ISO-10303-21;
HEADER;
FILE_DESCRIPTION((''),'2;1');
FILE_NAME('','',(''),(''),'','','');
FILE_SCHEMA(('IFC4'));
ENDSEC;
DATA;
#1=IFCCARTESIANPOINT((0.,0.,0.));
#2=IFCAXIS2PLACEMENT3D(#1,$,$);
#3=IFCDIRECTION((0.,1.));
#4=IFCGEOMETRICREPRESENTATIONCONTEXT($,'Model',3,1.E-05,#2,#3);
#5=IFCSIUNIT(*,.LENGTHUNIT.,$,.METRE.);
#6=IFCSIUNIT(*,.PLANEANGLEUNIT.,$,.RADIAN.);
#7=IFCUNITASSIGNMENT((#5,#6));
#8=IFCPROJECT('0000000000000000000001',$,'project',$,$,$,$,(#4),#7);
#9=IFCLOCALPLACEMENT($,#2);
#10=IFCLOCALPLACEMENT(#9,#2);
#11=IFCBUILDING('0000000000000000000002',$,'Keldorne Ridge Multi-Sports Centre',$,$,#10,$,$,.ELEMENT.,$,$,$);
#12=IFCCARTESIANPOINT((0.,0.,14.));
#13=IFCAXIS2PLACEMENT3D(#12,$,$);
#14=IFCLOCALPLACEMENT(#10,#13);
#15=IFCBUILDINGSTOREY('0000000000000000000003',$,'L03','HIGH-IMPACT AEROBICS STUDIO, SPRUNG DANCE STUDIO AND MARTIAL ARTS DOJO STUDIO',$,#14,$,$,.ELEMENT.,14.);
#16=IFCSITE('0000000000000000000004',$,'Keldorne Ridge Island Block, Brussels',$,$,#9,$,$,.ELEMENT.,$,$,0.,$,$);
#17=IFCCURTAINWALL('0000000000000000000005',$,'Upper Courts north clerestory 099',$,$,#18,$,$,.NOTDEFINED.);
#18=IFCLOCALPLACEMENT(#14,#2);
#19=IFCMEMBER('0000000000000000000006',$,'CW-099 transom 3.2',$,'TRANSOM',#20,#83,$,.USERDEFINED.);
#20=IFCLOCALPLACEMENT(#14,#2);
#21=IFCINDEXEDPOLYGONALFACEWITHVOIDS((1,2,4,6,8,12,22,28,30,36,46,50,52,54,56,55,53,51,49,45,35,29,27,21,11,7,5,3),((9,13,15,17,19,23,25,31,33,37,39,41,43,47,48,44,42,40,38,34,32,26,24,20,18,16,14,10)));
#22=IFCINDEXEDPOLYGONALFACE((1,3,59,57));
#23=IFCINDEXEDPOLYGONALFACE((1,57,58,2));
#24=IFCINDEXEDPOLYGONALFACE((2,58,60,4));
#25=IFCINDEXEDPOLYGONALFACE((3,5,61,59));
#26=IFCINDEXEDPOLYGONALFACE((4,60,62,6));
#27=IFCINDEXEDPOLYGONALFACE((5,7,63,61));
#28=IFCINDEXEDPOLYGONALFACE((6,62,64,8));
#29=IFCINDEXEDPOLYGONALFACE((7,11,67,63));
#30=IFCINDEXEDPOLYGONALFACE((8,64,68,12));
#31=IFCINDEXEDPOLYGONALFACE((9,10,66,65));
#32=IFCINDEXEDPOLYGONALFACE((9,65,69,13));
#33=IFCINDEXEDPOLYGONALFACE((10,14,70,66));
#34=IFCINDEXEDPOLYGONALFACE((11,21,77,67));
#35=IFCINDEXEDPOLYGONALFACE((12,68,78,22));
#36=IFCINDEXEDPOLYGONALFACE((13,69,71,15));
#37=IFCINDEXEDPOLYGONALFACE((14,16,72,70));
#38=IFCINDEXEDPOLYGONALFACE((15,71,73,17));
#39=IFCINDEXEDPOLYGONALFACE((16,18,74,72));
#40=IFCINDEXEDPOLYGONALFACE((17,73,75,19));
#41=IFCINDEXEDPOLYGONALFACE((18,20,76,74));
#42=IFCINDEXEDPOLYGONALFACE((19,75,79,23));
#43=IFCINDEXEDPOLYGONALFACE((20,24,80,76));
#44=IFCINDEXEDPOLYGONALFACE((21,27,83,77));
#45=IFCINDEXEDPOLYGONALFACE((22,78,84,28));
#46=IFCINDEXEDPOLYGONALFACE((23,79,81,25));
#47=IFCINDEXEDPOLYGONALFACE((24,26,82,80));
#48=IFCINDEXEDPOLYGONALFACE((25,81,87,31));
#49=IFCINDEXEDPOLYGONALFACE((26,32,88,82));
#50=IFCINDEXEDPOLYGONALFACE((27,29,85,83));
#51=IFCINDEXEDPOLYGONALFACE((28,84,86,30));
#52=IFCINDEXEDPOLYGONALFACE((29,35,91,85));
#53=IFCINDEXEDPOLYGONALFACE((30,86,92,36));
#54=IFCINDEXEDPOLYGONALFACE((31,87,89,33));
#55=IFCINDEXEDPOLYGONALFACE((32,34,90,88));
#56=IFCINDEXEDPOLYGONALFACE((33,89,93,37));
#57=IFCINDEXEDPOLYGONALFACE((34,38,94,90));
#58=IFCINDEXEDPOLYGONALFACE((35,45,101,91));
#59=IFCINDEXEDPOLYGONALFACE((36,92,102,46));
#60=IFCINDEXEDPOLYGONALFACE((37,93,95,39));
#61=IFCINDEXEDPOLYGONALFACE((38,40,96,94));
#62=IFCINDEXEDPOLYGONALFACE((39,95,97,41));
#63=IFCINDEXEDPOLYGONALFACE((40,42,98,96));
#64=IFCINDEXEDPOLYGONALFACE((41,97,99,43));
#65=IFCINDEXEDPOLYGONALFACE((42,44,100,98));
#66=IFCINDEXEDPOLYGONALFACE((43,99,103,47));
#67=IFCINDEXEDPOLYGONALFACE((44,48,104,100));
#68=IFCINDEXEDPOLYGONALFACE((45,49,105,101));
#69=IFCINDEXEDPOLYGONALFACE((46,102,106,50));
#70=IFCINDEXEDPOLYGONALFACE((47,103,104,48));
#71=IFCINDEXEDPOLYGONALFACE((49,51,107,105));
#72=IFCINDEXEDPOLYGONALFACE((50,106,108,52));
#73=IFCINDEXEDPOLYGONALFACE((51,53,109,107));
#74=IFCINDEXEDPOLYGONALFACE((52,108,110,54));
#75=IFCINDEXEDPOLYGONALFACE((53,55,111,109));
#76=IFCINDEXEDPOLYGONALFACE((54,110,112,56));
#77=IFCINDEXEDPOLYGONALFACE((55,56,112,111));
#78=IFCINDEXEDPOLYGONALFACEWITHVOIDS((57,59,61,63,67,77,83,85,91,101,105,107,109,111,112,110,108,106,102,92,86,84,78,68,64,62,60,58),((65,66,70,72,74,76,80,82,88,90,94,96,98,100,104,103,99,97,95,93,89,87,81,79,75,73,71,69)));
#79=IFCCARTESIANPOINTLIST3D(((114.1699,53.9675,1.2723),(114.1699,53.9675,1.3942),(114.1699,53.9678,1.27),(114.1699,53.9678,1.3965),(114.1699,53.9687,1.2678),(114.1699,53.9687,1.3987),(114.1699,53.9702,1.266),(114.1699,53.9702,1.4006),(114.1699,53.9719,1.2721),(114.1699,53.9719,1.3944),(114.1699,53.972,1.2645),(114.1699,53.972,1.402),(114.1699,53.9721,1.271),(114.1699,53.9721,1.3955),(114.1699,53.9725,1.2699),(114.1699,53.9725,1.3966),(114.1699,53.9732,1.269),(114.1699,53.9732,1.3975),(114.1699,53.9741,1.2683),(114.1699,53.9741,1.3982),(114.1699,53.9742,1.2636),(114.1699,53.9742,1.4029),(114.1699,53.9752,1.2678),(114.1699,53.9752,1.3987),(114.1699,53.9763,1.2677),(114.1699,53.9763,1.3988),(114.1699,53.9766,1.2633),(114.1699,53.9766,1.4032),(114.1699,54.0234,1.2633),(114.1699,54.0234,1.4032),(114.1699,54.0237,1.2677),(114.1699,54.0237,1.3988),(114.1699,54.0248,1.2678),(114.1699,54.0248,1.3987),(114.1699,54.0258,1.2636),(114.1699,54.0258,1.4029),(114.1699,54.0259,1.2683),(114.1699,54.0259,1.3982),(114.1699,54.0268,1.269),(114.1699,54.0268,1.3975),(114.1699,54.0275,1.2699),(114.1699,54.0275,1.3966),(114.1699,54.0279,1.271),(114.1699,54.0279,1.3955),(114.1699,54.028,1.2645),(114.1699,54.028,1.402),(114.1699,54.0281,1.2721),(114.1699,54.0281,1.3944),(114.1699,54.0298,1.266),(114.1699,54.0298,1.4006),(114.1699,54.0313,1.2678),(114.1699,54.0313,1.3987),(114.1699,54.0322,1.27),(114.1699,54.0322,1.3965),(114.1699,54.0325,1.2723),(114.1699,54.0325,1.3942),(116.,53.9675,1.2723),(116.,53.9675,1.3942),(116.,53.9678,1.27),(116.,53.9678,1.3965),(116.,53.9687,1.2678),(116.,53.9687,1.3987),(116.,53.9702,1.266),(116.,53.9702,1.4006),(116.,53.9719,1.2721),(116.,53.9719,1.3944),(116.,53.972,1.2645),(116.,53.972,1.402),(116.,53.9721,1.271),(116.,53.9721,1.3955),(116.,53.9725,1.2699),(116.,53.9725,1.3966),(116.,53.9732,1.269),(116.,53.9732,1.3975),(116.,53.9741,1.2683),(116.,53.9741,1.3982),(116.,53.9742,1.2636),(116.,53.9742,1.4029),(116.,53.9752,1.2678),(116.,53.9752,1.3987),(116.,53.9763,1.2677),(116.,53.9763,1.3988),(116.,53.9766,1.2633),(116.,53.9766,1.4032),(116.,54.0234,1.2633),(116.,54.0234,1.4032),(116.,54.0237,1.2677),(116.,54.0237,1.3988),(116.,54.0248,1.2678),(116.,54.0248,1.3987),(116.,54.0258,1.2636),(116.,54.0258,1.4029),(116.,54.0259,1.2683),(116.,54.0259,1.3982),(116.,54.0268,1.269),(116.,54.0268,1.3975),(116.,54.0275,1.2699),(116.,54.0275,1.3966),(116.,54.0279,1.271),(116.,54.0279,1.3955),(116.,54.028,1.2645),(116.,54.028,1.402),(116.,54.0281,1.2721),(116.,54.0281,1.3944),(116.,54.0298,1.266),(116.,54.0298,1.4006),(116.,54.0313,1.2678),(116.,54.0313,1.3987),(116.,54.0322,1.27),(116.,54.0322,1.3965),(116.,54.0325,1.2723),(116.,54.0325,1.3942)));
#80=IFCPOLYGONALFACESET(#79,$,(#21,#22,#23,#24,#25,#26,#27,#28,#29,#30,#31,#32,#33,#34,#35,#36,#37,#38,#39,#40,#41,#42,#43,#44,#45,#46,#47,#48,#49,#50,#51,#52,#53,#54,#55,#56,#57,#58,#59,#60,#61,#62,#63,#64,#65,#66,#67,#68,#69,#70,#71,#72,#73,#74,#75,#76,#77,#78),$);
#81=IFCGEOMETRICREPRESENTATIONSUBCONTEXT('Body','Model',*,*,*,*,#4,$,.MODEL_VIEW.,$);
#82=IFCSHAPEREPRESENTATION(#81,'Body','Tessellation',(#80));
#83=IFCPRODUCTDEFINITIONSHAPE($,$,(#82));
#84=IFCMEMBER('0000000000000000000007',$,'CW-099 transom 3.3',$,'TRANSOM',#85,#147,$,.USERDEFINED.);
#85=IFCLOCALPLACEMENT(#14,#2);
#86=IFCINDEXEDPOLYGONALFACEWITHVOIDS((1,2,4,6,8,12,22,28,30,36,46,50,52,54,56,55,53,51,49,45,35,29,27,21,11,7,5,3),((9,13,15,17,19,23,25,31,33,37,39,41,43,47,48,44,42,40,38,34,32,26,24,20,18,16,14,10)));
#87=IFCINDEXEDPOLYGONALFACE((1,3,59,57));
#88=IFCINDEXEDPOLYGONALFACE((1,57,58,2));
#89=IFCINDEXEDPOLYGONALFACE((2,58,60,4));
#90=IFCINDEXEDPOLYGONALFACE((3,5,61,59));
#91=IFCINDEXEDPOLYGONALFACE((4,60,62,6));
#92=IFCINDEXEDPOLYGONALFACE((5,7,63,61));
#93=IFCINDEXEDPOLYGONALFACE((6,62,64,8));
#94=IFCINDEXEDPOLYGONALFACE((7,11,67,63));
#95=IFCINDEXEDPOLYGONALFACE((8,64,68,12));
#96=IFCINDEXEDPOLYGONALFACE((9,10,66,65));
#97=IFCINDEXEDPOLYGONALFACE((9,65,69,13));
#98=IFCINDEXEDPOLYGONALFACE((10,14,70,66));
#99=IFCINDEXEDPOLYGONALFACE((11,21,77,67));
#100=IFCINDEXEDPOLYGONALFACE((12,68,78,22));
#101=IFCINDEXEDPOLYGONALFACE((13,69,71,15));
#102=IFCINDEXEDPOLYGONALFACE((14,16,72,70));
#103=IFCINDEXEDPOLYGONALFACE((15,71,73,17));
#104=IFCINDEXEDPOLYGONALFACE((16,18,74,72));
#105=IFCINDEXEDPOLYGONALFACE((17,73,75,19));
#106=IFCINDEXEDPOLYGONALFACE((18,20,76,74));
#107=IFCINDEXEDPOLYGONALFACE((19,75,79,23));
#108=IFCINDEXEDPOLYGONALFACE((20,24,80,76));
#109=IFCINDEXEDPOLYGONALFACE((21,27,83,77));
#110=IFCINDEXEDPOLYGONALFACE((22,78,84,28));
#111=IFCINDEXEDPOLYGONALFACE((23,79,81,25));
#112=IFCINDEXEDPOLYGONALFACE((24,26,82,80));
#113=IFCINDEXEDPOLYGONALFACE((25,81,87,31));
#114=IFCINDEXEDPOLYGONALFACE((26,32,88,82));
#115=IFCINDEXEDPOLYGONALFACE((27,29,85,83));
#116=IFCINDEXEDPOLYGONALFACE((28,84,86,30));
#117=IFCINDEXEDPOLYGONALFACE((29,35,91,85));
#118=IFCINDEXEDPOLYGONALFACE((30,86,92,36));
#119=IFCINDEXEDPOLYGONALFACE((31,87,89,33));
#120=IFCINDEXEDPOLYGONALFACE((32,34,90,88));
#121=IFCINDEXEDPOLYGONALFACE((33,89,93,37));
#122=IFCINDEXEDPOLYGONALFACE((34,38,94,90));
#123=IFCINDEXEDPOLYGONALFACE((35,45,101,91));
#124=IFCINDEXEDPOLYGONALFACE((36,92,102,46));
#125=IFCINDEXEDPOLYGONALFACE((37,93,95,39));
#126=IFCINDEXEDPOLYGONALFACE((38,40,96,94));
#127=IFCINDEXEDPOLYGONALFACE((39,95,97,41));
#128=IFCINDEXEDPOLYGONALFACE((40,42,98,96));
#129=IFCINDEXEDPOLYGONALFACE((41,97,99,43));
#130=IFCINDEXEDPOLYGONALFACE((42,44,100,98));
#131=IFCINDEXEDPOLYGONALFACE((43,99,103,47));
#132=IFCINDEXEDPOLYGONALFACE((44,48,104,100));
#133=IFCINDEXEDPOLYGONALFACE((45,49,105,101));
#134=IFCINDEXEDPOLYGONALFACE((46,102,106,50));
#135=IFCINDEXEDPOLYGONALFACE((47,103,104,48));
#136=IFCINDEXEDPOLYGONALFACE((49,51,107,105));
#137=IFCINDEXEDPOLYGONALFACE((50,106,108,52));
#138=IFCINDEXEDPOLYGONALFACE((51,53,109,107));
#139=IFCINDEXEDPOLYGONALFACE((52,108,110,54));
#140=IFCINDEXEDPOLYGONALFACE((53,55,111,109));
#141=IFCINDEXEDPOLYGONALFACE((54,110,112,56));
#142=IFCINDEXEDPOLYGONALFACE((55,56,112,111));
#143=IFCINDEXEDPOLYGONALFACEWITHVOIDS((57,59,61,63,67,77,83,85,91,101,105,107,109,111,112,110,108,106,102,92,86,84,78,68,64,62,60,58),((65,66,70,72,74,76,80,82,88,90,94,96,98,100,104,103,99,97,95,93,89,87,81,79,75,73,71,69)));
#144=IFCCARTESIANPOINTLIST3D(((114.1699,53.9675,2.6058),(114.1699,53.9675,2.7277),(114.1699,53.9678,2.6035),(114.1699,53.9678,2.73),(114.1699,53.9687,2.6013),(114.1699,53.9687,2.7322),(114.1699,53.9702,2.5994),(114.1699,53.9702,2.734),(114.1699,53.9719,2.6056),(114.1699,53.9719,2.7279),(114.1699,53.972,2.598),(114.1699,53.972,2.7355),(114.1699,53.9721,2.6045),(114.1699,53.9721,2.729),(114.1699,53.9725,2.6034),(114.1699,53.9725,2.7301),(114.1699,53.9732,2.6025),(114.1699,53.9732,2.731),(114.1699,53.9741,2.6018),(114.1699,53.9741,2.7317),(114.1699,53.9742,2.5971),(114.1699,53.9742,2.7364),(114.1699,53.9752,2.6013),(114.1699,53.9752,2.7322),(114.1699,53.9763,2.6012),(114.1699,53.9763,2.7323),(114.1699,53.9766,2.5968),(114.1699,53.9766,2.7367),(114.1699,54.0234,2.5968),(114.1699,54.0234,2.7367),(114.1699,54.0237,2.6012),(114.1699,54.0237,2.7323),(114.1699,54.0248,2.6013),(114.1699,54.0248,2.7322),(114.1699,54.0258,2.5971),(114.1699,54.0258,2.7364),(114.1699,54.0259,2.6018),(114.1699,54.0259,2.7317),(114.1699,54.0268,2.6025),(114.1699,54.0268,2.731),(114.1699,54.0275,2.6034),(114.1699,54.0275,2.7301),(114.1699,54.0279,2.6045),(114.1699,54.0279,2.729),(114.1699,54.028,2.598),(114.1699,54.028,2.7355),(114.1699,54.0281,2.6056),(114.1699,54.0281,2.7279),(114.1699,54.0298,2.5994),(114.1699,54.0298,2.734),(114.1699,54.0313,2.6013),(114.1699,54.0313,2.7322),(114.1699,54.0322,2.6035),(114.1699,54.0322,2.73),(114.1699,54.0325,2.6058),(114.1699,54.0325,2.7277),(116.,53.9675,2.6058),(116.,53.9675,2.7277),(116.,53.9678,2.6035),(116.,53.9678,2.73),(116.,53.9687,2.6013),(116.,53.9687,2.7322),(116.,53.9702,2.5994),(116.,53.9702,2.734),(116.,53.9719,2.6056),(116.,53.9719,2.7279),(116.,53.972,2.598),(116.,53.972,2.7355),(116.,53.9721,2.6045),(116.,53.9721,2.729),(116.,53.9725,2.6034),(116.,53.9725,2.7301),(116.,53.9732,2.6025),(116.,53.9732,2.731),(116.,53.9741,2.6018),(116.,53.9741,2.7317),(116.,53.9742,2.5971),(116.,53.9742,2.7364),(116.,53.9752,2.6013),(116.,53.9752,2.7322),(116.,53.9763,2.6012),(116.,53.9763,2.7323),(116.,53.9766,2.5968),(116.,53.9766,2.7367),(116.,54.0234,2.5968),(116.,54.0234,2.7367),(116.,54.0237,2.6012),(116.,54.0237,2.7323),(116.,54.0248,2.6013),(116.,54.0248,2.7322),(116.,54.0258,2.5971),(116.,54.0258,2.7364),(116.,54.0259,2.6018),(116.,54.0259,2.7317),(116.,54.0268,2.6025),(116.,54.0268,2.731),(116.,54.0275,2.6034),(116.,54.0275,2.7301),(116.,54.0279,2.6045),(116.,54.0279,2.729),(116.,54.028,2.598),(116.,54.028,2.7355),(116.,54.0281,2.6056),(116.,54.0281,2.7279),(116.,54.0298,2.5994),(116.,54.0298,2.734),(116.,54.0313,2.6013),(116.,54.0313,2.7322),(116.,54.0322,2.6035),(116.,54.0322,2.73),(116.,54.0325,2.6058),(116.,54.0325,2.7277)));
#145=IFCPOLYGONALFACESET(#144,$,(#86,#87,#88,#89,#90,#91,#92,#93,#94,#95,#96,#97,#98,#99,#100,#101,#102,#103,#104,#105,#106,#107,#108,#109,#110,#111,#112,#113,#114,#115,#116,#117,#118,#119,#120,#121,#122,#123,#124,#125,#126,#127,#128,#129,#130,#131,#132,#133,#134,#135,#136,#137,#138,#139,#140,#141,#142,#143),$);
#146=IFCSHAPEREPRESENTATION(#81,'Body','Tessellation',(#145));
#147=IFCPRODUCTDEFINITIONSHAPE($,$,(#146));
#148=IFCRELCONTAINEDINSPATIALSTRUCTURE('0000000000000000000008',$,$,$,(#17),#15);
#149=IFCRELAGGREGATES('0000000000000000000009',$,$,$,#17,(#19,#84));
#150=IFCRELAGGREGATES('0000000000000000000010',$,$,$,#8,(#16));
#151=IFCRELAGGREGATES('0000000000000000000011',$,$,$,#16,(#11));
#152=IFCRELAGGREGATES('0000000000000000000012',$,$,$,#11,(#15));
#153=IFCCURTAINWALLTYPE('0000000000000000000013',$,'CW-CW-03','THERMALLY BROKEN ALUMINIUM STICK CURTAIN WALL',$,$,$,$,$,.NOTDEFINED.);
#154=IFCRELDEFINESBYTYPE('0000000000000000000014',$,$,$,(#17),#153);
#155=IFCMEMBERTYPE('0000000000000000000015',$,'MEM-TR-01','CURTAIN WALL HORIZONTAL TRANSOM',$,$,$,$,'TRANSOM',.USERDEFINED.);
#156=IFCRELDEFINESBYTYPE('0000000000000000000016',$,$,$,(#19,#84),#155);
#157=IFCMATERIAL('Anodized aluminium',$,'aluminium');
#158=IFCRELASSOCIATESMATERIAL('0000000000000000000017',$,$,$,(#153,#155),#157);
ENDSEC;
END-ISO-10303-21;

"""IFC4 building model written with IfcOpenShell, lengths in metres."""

from ifc_helpers import new_model, si_unit, direction, frame, origin, origin_2d, place, context, subcontext, project, spatial, hollow_rectangle, extrude, material, material_profile, profile_set, type_object, element, aggregate, save


model = new_model("IFC4")

# Units and contexts
model_context = context("Model", 3, precision=1e-05, world=origin(), true_north=direction((0.0, 1.0)))
body_context = subcontext(model_context, "Body", "Model", "MODEL_VIEW")
ifc_project = project(units=[si_unit("LENGTHUNIT", "METRE"), si_unit("PLANEANGLEUNIT", "RADIAN")], contexts=[model_context])

# Site, building, storey
site_placement = place(None, origin())
site = spatial("IfcSite", under=ifc_project, at=site_placement, Name="Keldorne Ridge Island Block, Brussels", CompositionType="ELEMENT", RefElevation=0.0)
building_placement = place(site_placement, origin())
building = spatial("IfcBuilding", under=site, at=building_placement, Name="Keldorne Ridge Multi-Sports Centre", CompositionType="ELEMENT")
storey_placement = place(building_placement, frame((0.0, 0.0, 14.0)))
storey = spatial("IfcBuildingStorey", under=building, at=storey_placement, Name="L03", Description="HIGH-IMPACT AEROBICS STUDIO, SPRUNG DANCE STUDIO AND MARTIAL ARTS DOJO STUDIO", CompositionType="ELEMENT", Elevation=14.0)

# Shared definitions
ifc_material_1 = material(Name="Anodized aluminium", Category="aluminium")

# Curtain wall
curtain_wall_type_1 = type_object("IfcCurtainWallType", Name="CW-CW-03", Description="THERMALLY BROKEN ALUMINIUM STICK CURTAIN WALL", PredefinedType="NOTDEFINED", material=ifc_material_1)
curtain_wall_1_placement = place(storey_placement, origin())
curtain_wall_1 = element("IfcCurtainWall", 1, at=curtain_wall_1_placement, inside=storey, type_object=curtain_wall_type_1, Name="Upper Courts north clerestory 099", PredefinedType="NOTDEFINED")

# Members
ifc_material_profile_1 = material_profile(ifc_material_1, hollow_rectangle(XDim=0.0649, YDim=0.1399, WallThickness=0.0044, InnerFilletRadius=0.0044, OuterFilletRadius=0.009, at=origin_2d()), Name="ALU TRANSOM 140x65x4.5")
ifc_profile_set_1 = profile_set([ifc_material_profile_1], Name="Anodized aluminium")
member_type_1 = type_object("IfcMemberType", Name="MEM-TR-01", Description="CURTAIN WALL HORIZONTAL TRANSOM", ElementType="TRANSOM", PredefinedType="USERDEFINED", material=ifc_profile_set_1)
member_1_placement = place(storey_placement, frame((116.0, 54.0, 1.3333), z_axis=(-1.0, 0.0, 0.0), x_axis=(0.0, -1.0, 0.0)))
member_1 = element("IfcMember", 2, at=member_1_placement, type_object=member_type_1, Name="CW-099 transom 3.2", ObjectType="TRANSOM", PredefinedType="USERDEFINED", context=body_context, shape_type="SweptSolid", body=[
    extrude(hollow_rectangle(XDim=0.0649, YDim=0.1399, WallThickness=0.0044, InnerFilletRadius=0.0044, OuterFilletRadius=0.009, at=origin_2d()), origin(), (0.0, 0.0, 1.0), 1.8301),
])
member_2_placement = place(storey_placement, frame((116.0, 54.0, 2.6667), z_axis=(-1.0, 0.0, 0.0), x_axis=(0.0, -1.0, 0.0)))
member_2 = element("IfcMember", 3, at=member_2_placement, type_object=member_type_1, Name="CW-099 transom 3.3", ObjectType="TRANSOM", PredefinedType="USERDEFINED", context=body_context, shape_type="SweptSolid", body=[
    extrude(hollow_rectangle(XDim=0.0649, YDim=0.1399, WallThickness=0.0044, InnerFilletRadius=0.0044, OuterFilletRadius=0.009, at=origin_2d()), origin(), (0.0, 0.0, 1.0), 1.8301),
])

aggregate(curtain_wall_1, [member_1, member_2])

save(model, "model.ifc")
